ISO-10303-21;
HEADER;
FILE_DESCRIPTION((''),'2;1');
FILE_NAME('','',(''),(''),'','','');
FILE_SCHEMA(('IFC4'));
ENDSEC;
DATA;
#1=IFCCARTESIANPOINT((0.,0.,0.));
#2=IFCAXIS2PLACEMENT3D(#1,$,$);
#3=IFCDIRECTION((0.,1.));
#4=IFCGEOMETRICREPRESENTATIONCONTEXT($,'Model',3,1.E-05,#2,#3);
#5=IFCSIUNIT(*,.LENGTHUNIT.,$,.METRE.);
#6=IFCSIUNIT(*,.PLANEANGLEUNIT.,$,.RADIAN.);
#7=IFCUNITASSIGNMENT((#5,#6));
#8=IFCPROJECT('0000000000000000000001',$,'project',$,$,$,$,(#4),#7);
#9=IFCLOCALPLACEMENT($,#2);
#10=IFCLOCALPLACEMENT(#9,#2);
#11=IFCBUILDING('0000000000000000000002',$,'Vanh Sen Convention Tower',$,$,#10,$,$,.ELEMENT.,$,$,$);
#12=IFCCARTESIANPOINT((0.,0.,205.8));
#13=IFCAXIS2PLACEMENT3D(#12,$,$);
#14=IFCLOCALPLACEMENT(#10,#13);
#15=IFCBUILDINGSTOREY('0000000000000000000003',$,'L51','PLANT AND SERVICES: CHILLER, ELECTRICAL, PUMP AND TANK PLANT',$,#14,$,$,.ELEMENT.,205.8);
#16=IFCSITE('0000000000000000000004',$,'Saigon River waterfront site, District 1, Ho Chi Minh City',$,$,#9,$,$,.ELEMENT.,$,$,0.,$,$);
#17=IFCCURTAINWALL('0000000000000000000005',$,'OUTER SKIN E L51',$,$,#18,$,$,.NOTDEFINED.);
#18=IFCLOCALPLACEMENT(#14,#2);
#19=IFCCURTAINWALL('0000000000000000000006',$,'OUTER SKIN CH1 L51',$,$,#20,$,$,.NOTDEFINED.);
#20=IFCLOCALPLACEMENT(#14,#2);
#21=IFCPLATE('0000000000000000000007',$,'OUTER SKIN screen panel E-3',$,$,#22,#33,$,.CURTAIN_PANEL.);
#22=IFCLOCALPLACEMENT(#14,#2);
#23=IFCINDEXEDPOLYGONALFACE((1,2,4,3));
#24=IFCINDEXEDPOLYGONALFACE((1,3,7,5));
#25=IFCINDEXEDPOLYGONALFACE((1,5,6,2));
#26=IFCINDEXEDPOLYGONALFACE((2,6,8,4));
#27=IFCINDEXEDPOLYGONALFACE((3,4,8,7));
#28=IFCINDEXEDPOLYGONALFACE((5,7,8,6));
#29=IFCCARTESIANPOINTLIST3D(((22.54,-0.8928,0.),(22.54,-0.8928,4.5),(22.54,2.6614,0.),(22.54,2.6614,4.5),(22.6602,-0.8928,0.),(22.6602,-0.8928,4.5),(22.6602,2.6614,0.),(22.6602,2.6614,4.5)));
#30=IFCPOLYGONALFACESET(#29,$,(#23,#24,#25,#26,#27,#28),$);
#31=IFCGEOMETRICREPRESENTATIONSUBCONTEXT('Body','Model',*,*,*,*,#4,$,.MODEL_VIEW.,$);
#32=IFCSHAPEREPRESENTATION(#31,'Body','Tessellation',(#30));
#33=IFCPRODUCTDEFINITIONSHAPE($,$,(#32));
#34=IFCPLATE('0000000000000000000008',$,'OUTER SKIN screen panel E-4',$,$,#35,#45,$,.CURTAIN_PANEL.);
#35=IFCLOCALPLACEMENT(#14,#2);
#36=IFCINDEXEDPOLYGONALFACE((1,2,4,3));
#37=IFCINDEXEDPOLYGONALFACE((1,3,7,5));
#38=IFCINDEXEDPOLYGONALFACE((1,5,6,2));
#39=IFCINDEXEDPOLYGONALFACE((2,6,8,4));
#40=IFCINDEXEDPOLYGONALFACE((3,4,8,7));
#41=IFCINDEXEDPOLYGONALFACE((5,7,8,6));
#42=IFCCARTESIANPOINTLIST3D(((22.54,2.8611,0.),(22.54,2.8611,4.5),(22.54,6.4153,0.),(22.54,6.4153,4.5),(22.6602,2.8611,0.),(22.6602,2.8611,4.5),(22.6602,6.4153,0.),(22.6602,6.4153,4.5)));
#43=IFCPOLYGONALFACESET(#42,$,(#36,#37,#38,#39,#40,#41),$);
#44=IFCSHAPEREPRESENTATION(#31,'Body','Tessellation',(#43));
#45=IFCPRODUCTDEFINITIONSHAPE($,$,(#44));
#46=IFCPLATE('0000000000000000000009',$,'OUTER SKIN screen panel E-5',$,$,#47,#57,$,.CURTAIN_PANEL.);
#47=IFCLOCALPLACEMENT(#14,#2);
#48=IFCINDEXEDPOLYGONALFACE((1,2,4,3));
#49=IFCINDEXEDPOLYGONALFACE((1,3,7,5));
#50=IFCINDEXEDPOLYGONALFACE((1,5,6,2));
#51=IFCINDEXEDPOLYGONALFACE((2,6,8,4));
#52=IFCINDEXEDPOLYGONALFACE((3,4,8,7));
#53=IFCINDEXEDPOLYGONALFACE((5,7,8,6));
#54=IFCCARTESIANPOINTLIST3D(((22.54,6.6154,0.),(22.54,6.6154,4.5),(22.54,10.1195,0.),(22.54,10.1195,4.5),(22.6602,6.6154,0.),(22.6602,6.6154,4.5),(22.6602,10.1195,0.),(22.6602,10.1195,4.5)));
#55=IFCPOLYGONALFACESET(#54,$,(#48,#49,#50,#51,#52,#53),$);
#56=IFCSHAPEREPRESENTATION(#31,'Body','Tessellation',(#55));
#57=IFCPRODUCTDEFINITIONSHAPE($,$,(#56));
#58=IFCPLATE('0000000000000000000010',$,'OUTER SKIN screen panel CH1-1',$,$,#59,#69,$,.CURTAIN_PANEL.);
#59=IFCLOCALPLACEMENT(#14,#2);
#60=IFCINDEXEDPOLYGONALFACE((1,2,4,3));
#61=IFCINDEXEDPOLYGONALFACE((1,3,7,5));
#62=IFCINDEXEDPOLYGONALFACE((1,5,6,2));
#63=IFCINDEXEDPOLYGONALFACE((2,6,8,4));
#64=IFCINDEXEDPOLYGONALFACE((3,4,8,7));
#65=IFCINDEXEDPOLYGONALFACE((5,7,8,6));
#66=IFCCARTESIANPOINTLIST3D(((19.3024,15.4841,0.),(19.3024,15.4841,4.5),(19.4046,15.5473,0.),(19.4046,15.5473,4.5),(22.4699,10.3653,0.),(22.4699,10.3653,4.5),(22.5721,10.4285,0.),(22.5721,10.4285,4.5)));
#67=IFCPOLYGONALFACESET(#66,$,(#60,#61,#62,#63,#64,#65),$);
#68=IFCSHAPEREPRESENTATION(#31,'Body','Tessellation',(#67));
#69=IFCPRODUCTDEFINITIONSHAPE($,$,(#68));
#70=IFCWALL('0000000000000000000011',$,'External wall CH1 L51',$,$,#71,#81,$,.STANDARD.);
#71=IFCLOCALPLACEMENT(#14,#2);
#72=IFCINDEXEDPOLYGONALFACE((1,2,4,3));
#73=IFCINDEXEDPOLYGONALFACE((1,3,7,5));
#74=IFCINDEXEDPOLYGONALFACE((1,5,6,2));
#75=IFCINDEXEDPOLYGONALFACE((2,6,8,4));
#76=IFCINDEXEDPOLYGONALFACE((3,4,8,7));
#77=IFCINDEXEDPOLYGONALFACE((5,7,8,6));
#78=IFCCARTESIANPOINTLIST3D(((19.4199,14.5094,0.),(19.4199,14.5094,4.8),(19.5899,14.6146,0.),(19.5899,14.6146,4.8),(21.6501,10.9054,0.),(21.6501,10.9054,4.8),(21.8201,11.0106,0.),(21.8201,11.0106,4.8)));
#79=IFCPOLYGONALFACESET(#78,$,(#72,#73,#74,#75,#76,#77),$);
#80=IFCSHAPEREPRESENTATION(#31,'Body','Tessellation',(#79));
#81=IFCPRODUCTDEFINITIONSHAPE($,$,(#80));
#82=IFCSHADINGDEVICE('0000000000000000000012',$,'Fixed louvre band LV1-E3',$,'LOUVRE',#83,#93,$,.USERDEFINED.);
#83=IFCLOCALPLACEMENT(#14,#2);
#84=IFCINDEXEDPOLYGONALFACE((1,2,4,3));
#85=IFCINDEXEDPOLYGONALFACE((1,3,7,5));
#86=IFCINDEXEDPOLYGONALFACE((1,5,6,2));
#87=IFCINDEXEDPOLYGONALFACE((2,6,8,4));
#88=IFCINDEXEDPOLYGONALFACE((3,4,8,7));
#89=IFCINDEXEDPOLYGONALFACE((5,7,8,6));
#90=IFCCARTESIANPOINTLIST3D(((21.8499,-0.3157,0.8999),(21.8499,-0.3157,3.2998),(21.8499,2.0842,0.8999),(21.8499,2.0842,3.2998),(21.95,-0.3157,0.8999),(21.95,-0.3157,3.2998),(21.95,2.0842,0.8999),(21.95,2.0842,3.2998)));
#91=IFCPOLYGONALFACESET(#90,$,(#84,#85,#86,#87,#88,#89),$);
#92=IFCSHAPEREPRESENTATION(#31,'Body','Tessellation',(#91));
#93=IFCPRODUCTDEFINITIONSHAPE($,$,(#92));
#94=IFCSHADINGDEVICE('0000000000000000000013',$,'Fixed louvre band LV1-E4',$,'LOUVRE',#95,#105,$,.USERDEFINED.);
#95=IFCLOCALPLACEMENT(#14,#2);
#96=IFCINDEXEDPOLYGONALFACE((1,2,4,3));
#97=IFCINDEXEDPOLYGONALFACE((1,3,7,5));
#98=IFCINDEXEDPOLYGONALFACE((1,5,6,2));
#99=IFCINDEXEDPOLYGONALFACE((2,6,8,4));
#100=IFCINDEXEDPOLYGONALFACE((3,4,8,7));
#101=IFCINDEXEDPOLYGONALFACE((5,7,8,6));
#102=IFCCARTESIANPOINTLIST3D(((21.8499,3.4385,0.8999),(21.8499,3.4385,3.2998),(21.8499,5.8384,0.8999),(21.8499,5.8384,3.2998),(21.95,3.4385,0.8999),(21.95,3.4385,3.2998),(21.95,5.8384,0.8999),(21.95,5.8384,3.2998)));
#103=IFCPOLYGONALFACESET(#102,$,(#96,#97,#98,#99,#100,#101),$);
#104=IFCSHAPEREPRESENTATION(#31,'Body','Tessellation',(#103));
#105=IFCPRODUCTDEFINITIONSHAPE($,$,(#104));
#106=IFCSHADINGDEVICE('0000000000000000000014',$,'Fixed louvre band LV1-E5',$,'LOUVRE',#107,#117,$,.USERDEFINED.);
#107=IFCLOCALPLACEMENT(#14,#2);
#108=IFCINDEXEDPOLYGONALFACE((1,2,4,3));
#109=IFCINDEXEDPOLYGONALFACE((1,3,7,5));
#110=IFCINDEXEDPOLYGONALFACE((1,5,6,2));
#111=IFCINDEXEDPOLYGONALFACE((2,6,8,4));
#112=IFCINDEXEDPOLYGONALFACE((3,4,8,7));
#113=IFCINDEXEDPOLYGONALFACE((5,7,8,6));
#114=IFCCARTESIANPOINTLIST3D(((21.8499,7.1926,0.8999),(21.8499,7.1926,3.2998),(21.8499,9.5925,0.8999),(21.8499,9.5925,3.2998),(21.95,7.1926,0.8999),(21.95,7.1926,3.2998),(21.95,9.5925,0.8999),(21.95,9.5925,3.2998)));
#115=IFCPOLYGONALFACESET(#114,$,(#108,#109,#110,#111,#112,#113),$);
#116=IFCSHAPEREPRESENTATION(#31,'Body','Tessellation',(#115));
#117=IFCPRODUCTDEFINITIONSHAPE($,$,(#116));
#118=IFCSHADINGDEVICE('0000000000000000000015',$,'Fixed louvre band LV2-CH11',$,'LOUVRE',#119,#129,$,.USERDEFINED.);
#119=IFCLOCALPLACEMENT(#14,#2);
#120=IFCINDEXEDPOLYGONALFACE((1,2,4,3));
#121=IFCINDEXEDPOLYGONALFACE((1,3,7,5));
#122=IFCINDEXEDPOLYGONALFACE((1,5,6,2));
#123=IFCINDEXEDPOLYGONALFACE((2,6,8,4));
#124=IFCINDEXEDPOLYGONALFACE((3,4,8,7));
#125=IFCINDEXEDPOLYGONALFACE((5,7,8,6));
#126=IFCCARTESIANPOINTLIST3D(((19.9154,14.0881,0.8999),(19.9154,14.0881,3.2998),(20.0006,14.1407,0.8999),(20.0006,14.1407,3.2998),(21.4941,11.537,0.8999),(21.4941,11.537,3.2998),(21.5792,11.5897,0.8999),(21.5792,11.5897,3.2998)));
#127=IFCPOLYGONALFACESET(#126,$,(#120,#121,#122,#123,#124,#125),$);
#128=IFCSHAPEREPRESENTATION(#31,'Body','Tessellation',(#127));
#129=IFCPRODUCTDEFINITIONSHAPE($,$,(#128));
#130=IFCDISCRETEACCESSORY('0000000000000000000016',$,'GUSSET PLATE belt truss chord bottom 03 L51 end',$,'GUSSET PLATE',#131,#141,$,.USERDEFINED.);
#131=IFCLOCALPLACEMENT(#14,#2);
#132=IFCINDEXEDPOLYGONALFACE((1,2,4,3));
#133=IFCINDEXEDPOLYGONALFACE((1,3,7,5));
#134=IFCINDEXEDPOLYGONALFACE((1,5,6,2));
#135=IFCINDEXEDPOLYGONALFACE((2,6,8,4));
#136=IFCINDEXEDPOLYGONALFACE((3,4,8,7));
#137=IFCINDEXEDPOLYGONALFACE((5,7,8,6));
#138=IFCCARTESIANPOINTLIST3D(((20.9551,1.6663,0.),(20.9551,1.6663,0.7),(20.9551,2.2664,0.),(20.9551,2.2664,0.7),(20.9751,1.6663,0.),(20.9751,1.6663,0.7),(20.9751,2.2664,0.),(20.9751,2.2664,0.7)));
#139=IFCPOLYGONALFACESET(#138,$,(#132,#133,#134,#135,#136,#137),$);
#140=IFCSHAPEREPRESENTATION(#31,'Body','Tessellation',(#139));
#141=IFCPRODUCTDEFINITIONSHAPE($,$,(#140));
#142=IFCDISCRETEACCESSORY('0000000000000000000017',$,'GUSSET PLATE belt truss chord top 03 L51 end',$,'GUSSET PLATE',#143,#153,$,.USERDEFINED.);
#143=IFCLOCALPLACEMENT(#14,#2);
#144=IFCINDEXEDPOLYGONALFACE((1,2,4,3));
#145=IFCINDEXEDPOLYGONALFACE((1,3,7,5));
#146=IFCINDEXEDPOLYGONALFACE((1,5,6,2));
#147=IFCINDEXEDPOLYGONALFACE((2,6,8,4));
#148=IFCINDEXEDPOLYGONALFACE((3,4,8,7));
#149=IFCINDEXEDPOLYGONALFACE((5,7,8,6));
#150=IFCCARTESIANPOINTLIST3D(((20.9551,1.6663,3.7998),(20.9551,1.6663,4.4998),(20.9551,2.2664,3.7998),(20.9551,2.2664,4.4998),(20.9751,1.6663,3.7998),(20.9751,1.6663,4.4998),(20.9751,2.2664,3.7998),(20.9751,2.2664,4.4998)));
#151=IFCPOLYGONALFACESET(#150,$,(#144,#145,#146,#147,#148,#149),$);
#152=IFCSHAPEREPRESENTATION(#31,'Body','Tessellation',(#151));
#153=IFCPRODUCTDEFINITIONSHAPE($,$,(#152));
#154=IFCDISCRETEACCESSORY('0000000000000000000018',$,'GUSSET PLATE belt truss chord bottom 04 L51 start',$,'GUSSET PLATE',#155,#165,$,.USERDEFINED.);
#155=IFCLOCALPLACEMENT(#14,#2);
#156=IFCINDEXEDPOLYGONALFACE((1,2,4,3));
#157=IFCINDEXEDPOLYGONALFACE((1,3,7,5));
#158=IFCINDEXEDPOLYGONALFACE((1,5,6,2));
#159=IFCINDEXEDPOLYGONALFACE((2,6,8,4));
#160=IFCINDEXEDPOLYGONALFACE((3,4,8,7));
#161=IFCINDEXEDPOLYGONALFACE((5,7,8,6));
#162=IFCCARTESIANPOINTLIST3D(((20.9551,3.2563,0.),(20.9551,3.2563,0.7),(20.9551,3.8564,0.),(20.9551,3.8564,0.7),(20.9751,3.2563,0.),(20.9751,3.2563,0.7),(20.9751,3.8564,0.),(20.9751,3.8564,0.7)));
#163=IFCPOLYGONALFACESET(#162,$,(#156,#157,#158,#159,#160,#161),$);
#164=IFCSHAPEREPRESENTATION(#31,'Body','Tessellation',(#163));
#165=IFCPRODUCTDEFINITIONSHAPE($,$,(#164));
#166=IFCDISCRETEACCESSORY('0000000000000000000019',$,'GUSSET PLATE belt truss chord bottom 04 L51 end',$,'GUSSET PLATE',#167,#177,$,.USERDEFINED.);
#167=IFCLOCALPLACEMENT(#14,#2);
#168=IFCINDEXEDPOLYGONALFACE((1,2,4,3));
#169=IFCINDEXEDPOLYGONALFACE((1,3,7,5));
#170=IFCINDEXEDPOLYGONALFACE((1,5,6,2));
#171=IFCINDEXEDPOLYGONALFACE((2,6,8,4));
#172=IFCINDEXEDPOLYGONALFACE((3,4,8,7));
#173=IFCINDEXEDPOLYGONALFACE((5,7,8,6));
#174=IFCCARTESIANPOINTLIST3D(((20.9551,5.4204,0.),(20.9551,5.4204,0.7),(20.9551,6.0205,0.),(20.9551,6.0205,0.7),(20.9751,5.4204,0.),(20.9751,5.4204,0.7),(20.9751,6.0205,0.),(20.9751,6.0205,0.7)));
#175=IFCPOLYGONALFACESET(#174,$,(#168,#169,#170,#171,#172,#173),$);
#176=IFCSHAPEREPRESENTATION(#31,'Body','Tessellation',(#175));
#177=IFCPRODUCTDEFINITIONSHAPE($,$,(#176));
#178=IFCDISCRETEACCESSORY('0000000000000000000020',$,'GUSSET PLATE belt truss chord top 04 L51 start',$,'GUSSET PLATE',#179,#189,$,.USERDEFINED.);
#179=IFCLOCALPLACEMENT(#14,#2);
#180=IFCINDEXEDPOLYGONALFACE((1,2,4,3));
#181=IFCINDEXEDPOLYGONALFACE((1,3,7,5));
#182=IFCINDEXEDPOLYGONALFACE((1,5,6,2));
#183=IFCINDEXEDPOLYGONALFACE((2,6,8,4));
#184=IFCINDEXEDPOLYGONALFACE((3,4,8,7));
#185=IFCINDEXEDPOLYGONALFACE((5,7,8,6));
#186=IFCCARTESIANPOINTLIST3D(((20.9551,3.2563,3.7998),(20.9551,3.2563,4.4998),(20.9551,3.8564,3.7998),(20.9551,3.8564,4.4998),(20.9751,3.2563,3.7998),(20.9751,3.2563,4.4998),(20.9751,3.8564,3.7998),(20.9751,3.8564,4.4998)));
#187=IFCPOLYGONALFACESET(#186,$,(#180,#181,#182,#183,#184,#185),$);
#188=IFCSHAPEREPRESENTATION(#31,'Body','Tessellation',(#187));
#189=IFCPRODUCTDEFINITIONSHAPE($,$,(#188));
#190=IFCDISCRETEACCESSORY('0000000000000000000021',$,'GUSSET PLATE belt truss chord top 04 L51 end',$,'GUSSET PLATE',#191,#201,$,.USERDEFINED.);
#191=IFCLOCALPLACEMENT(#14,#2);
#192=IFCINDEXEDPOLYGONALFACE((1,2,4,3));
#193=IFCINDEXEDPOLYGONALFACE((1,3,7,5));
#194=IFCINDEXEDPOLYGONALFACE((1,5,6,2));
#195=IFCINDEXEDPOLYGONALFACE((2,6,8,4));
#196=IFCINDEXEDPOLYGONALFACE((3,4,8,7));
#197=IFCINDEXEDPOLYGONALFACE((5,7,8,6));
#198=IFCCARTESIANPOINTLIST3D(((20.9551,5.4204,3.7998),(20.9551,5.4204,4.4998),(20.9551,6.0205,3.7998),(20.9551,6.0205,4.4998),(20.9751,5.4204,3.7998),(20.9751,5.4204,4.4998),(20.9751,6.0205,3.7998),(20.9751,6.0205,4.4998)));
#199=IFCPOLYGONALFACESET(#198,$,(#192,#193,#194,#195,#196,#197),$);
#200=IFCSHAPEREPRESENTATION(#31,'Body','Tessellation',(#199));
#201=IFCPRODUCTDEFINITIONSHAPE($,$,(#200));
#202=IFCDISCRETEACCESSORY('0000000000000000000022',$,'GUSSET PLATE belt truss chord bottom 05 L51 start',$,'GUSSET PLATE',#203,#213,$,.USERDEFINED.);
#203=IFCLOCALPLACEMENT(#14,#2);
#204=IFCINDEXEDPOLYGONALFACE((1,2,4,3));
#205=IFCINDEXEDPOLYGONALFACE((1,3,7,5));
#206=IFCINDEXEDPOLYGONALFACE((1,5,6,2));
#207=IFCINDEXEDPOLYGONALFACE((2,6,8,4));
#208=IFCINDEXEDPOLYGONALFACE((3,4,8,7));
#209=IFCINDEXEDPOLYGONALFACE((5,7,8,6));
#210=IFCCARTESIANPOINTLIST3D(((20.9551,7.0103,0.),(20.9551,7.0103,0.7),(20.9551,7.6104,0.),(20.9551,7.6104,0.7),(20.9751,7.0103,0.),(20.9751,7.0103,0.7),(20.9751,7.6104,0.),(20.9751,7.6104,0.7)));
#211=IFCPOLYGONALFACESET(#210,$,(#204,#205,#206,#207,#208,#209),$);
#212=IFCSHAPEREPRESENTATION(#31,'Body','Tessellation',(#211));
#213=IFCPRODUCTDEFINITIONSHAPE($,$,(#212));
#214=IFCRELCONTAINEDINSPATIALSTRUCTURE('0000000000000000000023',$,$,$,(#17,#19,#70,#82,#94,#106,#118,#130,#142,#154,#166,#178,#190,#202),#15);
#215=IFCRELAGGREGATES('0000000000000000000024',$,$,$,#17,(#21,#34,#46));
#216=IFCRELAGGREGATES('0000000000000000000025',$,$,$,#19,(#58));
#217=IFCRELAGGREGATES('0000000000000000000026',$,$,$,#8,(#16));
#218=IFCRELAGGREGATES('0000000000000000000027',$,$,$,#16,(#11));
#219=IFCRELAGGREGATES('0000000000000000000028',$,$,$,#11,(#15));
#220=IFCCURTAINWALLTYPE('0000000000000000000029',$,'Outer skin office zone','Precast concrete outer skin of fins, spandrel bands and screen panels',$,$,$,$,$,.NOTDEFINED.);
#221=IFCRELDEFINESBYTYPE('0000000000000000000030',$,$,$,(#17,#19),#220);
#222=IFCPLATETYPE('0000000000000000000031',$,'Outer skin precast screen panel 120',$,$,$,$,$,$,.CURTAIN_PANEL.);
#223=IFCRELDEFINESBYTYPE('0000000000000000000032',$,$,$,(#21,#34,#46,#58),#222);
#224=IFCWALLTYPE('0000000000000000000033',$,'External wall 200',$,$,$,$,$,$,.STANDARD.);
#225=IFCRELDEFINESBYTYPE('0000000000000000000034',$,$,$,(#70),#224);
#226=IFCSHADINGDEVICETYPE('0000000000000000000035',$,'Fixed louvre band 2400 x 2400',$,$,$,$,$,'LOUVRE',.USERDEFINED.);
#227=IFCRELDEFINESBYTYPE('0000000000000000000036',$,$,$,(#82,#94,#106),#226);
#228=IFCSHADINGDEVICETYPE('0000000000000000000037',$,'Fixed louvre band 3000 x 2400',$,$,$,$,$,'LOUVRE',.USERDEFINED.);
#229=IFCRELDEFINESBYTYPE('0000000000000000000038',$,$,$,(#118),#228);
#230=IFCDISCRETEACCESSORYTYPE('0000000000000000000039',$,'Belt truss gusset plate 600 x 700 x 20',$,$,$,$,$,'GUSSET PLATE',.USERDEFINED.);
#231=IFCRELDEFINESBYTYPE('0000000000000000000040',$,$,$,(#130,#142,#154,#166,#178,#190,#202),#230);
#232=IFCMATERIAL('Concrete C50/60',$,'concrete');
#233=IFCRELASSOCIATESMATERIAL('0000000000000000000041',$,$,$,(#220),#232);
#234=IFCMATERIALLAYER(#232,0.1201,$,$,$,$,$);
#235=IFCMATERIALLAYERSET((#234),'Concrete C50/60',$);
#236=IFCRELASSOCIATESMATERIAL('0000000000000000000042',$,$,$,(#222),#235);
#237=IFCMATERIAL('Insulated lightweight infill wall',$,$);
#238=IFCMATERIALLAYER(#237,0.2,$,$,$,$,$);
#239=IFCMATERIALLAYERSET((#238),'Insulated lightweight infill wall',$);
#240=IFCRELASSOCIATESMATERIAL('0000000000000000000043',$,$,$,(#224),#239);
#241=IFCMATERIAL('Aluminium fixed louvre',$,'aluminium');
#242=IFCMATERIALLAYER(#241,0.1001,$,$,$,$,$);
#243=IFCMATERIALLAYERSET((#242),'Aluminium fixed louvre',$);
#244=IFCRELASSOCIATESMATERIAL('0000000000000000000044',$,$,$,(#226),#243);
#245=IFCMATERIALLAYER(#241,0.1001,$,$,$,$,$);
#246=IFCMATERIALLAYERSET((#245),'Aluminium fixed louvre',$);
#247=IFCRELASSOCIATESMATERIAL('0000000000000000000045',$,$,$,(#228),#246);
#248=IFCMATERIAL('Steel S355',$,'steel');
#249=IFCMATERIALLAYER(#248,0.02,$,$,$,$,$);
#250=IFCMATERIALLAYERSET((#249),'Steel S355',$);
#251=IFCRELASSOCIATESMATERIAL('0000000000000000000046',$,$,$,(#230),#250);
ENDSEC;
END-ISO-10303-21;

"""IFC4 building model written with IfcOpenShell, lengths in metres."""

from ifc_helpers import new_model, si_unit, direction, frame, frame_2d, origin, origin_2d, place, context, subcontext, project, spatial, rectangle, extrude, material, layer, layer_set, type_object, element, aggregate, save


model = new_model("IFC4")

# Units and contexts
model_context = context("Model", 3, precision=1e-05, world=origin(), true_north=direction((0.0, 1.0)))
body_context = subcontext(model_context, "Body", "Model", "MODEL_VIEW")
ifc_project = project(units=[si_unit("LENGTHUNIT", "METRE"), si_unit("PLANEANGLEUNIT", "RADIAN")], contexts=[model_context])

# Site, building, storey
site_placement = place(None, origin())
site = spatial("IfcSite", under=ifc_project, at=site_placement, Name="Saigon River waterfront site, District 1, Ho Chi Minh City", CompositionType="ELEMENT", RefElevation=0.0)
building_placement = place(site_placement, origin())
building = spatial("IfcBuilding", under=site, at=building_placement, Name="Vanh Sen Convention Tower", CompositionType="ELEMENT")
storey_placement = place(building_placement, frame((0.0, 0.0, 205.8)))
storey = spatial("IfcBuildingStorey", under=building, at=storey_placement, Name="L51", Description="PLANT AND SERVICES: CHILLER, ELECTRICAL, PUMP AND TANK PLANT", CompositionType="ELEMENT", Elevation=205.8)

# Shared definitions
ifc_material_1 = material(Name="Steel S355", Category="steel")

# Curtain wall
ifc_material_2 = material(Name="Concrete C50/60", Category="concrete")
curtain_wall_type = type_object("IfcCurtainWallType", Name="Outer skin office zone", Description="Precast concrete outer skin of fins, spandrel bands and screen panels", PredefinedType="NOTDEFINED", material=ifc_material_2)
curtain_wall_1_placement = place(storey_placement, origin())
curtain_wall_1 = element("IfcCurtainWall", 1, at=curtain_wall_1_placement, inside=storey, type_object=curtain_wall_type, Name="OUTER SKIN E L51", PredefinedType="NOTDEFINED")

# Curtain wall
curtain_wall_2_placement = place(storey_placement, origin())
curtain_wall_2 = element("IfcCurtainWall", 2, at=curtain_wall_2_placement, inside=storey, type_object=curtain_wall_type, Name="OUTER SKIN CH1 L51", PredefinedType="NOTDEFINED")

# Plates
ifc_layer_1 = layer(ifc_material_2, 0.1201)
ifc_layer_set_1 = layer_set([ifc_layer_1], Name="Concrete C50/60")
plate_type = type_object("IfcPlateType", Name="Outer skin precast screen panel 120", PredefinedType="CURTAIN_PANEL", material=ifc_layer_set_1)
plate_1_placement = place(storey_placement, frame((22.6001, 0.8843, 0.0), z_axis=(0.0, 0.0, 1.0), x_axis=(0.0, 1.0, 0.0)))
plate_1 = element("IfcPlate", 3, at=plate_1_placement, type_object=plate_type, Name="OUTER SKIN screen panel E-3", PredefinedType="CURTAIN_PANEL", context=body_context, shape_type="SweptSolid", body=[
    extrude(rectangle(XDim=3.5542, YDim=0.1201, at=origin_2d()), origin(), (0.0, 0.0, 1.0), 4.5),
])
plate_2_placement = place(storey_placement, frame((22.6001, 4.6382, 0.0), z_axis=(0.0, 0.0, 1.0), x_axis=(0.0, 1.0, 0.0)))
plate_2 = element("IfcPlate", 4, at=plate_2_placement, type_object=plate_type, Name="OUTER SKIN screen panel E-4", PredefinedType="CURTAIN_PANEL", context=body_context, shape_type="SweptSolid", body=[
    extrude(rectangle(XDim=3.5542, YDim=0.1201, at=origin_2d()), origin(), (0.0, 0.0, 1.0), 4.5),
])
plate_3_placement = place(storey_placement, frame((22.6001, 8.3674, 0.0), z_axis=(0.0, 0.0, 1.0), x_axis=(0.0, 1.0, 0.0)))
plate_3 = element("IfcPlate", 5, at=plate_3_placement, type_object=plate_type, Name="OUTER SKIN screen panel E-5", PredefinedType="CURTAIN_PANEL", context=body_context, shape_type="SweptSolid", body=[
    extrude(rectangle(XDim=3.5042, YDim=0.1201, at=origin_2d()), origin(), (0.0, 0.0, 1.0), 4.5),
])
aggregate(curtain_wall_1, [plate_1, plate_2, plate_3])
plate_4_placement = place(storey_placement, frame((20.9373, 12.9563, 0.0), z_axis=(0.0, 0.0, 1.0), x_axis=(-0.526204, 0.850359, 0.0)))
plate_4 = element("IfcPlate", 6, at=plate_4_placement, type_object=plate_type, Name="OUTER SKIN screen panel CH1-1", PredefinedType="CURTAIN_PANEL", context=body_context, shape_type="SweptSolid", body=[
    extrude(rectangle(XDim=6.0195, YDim=0.1201, at=origin_2d()), origin(), (0.0, 0.0, 1.0), 4.5),
])
aggregate(curtain_wall_2, [plate_4])

# Wall
ifc_material_3 = material(Name="Insulated lightweight infill wall")
ifc_layer_2 = layer(ifc_material_3, 0.2)
ifc_layer_set_2 = layer_set([ifc_layer_2], Name="Insulated lightweight infill wall")
wall_type = type_object("IfcWallType", Name="External wall 200", PredefinedType="STANDARD", material=ifc_layer_set_2)
wall_placement = place(storey_placement, frame((21.7351, 10.958, 0.0), z_axis=(0.0, 0.0, 1.0), x_axis=(-0.526214, 0.850352, 0.0)))
element("IfcWall", 7, at=wall_placement, inside=storey, type_object=wall_type, Name="External wall CH1 L51", PredefinedType="STANDARD", context=body_context, shape_type="SweptSolid", body=[
    extrude(rectangle(XDim=4.2383, YDim=0.2, at=frame_2d((2.1191, 0.0))), origin(), (0.0, 0.0, 1.0), 4.8),
])

# Shading devices
ifc_material_4 = material(Name="Aluminium fixed louvre", Category="aluminium")
ifc_layer_3 = layer(ifc_material_4, 0.1001)
ifc_layer_set_3 = layer_set([ifc_layer_3], Name="Aluminium fixed louvre")
shading_device_type_1 = type_object("IfcShadingDeviceType", Name="Fixed louvre band 2400 x 2400", ElementType="LOUVRE", PredefinedType="USERDEFINED", material=ifc_layer_set_3)
for number, where, z_axis, x_axis, name in (
    (8, (21.8999, 0.8843, 0.8999), (0.0, 0.0, 1.0), (0.0, 1.0, 0.0), "Fixed louvre band LV1-E3"),
    (9, (21.8999, 4.6384, 0.8999), (0.0, 0.0, 1.0), (0.0, 1.0, 0.0), "Fixed louvre band LV1-E4"),
    (10, (21.8999, 8.3926, 0.8999), (0.0, 0.0, 1.0), (0.0, 1.0, 0.0), "Fixed louvre band LV1-E5"),
):
    element("IfcShadingDevice", number, at=place(storey_placement, frame(where, z_axis=z_axis, x_axis=x_axis)), inside=storey, type_object=shading_device_type_1, Name=name, ObjectType="LOUVRE", PredefinedType="USERDEFINED", context=body_context, shape_type="SweptSolid", body=[
        extrude(rectangle(XDim=2.3999, YDim=0.1001, at=origin_2d()), origin(), (0.0, 0.0, 1.0), 2.3999),
    ])
ifc_layer_4 = layer(ifc_material_4, 0.1001)
ifc_layer_set_4 = layer_set([ifc_layer_4], Name="Aluminium fixed louvre")
shading_device_type_2 = type_object("IfcShadingDeviceType", Name="Fixed louvre band 3000 x 2400", ElementType="LOUVRE", PredefinedType="USERDEFINED", material=ifc_layer_set_4)
shading_device_placement = place(storey_placement, frame((20.7473, 12.8389, 0.8999), z_axis=(0.0, 0.0, 1.0), x_axis=(-0.526204, 0.850359, 0.0)))
element("IfcShadingDevice", 11, at=shading_device_placement, inside=storey, type_object=shading_device_type_2, Name="Fixed louvre band LV2-CH11", ObjectType="LOUVRE", PredefinedType="USERDEFINED", context=body_context, shape_type="SweptSolid", body=[
    extrude(rectangle(XDim=3.0, YDim=0.1001, at=origin_2d()), origin(), (0.0, 0.0, 1.0), 2.3999),
])

# Discrete accessories
ifc_layer_5 = layer(ifc_material_1, 0.02)
ifc_layer_set_5 = layer_set([ifc_layer_5], Name="Steel S355")
discrete_accessory_type_1 = type_object("IfcDiscreteAccessoryType", Name="Belt truss gusset plate 600 x 700 x 20", ElementType="GUSSET PLATE", PredefinedType="USERDEFINED", material=ifc_layer_set_5)
for number, where, z_axis, x_axis, name in (
    (12, (20.9651, 1.9663, 0.0), (0.0, 0.0, 1.0), (0.0, -1.0, 0.0), "GUSSET PLATE belt truss chord bottom 03 L51 end"),
    (13, (20.9651, 1.9663, 3.7998), (0.0, 0.0, 1.0), (0.0, -1.0, 0.0), "GUSSET PLATE belt truss chord top 03 L51 end"),
    (14, (20.9651, 3.5564, 0.0), (0.0, 0.0, 1.0), (0.0, 1.0, 0.0), "GUSSET PLATE belt truss chord bottom 04 L51 start"),
    (15, (20.9651, 5.7205, 0.0), (0.0, 0.0, 1.0), (0.0, -1.0, 0.0), "GUSSET PLATE belt truss chord bottom 04 L51 end"),
    (16, (20.9651, 3.5564, 3.7998), (0.0, 0.0, 1.0), (0.0, 1.0, 0.0), "GUSSET PLATE belt truss chord top 04 L51 start"),
    (17, (20.9651, 5.7205, 3.7998), (0.0, 0.0, 1.0), (0.0, -1.0, 0.0), "GUSSET PLATE belt truss chord top 04 L51 end"),
    (18, (20.9651, 7.3103, 0.0), (0.0, 0.0, 1.0), (0.0, 1.0, 0.0), "GUSSET PLATE belt truss chord bottom 05 L51 start"),
):
    element("IfcDiscreteAccessory", number, at=place(storey_placement, frame(where, z_axis=z_axis, x_axis=x_axis)), inside=storey, type_object=discrete_accessory_type_1, Name=name, ObjectType="GUSSET PLATE", PredefinedType="USERDEFINED", context=body_context, shape_type="SweptSolid", body=[
        extrude(rectangle(XDim=0.6001, YDim=0.02, at=origin_2d()), origin(), (0.0, 0.0, 1.0), 0.7),
    ])

save(model, "model.ifc")
